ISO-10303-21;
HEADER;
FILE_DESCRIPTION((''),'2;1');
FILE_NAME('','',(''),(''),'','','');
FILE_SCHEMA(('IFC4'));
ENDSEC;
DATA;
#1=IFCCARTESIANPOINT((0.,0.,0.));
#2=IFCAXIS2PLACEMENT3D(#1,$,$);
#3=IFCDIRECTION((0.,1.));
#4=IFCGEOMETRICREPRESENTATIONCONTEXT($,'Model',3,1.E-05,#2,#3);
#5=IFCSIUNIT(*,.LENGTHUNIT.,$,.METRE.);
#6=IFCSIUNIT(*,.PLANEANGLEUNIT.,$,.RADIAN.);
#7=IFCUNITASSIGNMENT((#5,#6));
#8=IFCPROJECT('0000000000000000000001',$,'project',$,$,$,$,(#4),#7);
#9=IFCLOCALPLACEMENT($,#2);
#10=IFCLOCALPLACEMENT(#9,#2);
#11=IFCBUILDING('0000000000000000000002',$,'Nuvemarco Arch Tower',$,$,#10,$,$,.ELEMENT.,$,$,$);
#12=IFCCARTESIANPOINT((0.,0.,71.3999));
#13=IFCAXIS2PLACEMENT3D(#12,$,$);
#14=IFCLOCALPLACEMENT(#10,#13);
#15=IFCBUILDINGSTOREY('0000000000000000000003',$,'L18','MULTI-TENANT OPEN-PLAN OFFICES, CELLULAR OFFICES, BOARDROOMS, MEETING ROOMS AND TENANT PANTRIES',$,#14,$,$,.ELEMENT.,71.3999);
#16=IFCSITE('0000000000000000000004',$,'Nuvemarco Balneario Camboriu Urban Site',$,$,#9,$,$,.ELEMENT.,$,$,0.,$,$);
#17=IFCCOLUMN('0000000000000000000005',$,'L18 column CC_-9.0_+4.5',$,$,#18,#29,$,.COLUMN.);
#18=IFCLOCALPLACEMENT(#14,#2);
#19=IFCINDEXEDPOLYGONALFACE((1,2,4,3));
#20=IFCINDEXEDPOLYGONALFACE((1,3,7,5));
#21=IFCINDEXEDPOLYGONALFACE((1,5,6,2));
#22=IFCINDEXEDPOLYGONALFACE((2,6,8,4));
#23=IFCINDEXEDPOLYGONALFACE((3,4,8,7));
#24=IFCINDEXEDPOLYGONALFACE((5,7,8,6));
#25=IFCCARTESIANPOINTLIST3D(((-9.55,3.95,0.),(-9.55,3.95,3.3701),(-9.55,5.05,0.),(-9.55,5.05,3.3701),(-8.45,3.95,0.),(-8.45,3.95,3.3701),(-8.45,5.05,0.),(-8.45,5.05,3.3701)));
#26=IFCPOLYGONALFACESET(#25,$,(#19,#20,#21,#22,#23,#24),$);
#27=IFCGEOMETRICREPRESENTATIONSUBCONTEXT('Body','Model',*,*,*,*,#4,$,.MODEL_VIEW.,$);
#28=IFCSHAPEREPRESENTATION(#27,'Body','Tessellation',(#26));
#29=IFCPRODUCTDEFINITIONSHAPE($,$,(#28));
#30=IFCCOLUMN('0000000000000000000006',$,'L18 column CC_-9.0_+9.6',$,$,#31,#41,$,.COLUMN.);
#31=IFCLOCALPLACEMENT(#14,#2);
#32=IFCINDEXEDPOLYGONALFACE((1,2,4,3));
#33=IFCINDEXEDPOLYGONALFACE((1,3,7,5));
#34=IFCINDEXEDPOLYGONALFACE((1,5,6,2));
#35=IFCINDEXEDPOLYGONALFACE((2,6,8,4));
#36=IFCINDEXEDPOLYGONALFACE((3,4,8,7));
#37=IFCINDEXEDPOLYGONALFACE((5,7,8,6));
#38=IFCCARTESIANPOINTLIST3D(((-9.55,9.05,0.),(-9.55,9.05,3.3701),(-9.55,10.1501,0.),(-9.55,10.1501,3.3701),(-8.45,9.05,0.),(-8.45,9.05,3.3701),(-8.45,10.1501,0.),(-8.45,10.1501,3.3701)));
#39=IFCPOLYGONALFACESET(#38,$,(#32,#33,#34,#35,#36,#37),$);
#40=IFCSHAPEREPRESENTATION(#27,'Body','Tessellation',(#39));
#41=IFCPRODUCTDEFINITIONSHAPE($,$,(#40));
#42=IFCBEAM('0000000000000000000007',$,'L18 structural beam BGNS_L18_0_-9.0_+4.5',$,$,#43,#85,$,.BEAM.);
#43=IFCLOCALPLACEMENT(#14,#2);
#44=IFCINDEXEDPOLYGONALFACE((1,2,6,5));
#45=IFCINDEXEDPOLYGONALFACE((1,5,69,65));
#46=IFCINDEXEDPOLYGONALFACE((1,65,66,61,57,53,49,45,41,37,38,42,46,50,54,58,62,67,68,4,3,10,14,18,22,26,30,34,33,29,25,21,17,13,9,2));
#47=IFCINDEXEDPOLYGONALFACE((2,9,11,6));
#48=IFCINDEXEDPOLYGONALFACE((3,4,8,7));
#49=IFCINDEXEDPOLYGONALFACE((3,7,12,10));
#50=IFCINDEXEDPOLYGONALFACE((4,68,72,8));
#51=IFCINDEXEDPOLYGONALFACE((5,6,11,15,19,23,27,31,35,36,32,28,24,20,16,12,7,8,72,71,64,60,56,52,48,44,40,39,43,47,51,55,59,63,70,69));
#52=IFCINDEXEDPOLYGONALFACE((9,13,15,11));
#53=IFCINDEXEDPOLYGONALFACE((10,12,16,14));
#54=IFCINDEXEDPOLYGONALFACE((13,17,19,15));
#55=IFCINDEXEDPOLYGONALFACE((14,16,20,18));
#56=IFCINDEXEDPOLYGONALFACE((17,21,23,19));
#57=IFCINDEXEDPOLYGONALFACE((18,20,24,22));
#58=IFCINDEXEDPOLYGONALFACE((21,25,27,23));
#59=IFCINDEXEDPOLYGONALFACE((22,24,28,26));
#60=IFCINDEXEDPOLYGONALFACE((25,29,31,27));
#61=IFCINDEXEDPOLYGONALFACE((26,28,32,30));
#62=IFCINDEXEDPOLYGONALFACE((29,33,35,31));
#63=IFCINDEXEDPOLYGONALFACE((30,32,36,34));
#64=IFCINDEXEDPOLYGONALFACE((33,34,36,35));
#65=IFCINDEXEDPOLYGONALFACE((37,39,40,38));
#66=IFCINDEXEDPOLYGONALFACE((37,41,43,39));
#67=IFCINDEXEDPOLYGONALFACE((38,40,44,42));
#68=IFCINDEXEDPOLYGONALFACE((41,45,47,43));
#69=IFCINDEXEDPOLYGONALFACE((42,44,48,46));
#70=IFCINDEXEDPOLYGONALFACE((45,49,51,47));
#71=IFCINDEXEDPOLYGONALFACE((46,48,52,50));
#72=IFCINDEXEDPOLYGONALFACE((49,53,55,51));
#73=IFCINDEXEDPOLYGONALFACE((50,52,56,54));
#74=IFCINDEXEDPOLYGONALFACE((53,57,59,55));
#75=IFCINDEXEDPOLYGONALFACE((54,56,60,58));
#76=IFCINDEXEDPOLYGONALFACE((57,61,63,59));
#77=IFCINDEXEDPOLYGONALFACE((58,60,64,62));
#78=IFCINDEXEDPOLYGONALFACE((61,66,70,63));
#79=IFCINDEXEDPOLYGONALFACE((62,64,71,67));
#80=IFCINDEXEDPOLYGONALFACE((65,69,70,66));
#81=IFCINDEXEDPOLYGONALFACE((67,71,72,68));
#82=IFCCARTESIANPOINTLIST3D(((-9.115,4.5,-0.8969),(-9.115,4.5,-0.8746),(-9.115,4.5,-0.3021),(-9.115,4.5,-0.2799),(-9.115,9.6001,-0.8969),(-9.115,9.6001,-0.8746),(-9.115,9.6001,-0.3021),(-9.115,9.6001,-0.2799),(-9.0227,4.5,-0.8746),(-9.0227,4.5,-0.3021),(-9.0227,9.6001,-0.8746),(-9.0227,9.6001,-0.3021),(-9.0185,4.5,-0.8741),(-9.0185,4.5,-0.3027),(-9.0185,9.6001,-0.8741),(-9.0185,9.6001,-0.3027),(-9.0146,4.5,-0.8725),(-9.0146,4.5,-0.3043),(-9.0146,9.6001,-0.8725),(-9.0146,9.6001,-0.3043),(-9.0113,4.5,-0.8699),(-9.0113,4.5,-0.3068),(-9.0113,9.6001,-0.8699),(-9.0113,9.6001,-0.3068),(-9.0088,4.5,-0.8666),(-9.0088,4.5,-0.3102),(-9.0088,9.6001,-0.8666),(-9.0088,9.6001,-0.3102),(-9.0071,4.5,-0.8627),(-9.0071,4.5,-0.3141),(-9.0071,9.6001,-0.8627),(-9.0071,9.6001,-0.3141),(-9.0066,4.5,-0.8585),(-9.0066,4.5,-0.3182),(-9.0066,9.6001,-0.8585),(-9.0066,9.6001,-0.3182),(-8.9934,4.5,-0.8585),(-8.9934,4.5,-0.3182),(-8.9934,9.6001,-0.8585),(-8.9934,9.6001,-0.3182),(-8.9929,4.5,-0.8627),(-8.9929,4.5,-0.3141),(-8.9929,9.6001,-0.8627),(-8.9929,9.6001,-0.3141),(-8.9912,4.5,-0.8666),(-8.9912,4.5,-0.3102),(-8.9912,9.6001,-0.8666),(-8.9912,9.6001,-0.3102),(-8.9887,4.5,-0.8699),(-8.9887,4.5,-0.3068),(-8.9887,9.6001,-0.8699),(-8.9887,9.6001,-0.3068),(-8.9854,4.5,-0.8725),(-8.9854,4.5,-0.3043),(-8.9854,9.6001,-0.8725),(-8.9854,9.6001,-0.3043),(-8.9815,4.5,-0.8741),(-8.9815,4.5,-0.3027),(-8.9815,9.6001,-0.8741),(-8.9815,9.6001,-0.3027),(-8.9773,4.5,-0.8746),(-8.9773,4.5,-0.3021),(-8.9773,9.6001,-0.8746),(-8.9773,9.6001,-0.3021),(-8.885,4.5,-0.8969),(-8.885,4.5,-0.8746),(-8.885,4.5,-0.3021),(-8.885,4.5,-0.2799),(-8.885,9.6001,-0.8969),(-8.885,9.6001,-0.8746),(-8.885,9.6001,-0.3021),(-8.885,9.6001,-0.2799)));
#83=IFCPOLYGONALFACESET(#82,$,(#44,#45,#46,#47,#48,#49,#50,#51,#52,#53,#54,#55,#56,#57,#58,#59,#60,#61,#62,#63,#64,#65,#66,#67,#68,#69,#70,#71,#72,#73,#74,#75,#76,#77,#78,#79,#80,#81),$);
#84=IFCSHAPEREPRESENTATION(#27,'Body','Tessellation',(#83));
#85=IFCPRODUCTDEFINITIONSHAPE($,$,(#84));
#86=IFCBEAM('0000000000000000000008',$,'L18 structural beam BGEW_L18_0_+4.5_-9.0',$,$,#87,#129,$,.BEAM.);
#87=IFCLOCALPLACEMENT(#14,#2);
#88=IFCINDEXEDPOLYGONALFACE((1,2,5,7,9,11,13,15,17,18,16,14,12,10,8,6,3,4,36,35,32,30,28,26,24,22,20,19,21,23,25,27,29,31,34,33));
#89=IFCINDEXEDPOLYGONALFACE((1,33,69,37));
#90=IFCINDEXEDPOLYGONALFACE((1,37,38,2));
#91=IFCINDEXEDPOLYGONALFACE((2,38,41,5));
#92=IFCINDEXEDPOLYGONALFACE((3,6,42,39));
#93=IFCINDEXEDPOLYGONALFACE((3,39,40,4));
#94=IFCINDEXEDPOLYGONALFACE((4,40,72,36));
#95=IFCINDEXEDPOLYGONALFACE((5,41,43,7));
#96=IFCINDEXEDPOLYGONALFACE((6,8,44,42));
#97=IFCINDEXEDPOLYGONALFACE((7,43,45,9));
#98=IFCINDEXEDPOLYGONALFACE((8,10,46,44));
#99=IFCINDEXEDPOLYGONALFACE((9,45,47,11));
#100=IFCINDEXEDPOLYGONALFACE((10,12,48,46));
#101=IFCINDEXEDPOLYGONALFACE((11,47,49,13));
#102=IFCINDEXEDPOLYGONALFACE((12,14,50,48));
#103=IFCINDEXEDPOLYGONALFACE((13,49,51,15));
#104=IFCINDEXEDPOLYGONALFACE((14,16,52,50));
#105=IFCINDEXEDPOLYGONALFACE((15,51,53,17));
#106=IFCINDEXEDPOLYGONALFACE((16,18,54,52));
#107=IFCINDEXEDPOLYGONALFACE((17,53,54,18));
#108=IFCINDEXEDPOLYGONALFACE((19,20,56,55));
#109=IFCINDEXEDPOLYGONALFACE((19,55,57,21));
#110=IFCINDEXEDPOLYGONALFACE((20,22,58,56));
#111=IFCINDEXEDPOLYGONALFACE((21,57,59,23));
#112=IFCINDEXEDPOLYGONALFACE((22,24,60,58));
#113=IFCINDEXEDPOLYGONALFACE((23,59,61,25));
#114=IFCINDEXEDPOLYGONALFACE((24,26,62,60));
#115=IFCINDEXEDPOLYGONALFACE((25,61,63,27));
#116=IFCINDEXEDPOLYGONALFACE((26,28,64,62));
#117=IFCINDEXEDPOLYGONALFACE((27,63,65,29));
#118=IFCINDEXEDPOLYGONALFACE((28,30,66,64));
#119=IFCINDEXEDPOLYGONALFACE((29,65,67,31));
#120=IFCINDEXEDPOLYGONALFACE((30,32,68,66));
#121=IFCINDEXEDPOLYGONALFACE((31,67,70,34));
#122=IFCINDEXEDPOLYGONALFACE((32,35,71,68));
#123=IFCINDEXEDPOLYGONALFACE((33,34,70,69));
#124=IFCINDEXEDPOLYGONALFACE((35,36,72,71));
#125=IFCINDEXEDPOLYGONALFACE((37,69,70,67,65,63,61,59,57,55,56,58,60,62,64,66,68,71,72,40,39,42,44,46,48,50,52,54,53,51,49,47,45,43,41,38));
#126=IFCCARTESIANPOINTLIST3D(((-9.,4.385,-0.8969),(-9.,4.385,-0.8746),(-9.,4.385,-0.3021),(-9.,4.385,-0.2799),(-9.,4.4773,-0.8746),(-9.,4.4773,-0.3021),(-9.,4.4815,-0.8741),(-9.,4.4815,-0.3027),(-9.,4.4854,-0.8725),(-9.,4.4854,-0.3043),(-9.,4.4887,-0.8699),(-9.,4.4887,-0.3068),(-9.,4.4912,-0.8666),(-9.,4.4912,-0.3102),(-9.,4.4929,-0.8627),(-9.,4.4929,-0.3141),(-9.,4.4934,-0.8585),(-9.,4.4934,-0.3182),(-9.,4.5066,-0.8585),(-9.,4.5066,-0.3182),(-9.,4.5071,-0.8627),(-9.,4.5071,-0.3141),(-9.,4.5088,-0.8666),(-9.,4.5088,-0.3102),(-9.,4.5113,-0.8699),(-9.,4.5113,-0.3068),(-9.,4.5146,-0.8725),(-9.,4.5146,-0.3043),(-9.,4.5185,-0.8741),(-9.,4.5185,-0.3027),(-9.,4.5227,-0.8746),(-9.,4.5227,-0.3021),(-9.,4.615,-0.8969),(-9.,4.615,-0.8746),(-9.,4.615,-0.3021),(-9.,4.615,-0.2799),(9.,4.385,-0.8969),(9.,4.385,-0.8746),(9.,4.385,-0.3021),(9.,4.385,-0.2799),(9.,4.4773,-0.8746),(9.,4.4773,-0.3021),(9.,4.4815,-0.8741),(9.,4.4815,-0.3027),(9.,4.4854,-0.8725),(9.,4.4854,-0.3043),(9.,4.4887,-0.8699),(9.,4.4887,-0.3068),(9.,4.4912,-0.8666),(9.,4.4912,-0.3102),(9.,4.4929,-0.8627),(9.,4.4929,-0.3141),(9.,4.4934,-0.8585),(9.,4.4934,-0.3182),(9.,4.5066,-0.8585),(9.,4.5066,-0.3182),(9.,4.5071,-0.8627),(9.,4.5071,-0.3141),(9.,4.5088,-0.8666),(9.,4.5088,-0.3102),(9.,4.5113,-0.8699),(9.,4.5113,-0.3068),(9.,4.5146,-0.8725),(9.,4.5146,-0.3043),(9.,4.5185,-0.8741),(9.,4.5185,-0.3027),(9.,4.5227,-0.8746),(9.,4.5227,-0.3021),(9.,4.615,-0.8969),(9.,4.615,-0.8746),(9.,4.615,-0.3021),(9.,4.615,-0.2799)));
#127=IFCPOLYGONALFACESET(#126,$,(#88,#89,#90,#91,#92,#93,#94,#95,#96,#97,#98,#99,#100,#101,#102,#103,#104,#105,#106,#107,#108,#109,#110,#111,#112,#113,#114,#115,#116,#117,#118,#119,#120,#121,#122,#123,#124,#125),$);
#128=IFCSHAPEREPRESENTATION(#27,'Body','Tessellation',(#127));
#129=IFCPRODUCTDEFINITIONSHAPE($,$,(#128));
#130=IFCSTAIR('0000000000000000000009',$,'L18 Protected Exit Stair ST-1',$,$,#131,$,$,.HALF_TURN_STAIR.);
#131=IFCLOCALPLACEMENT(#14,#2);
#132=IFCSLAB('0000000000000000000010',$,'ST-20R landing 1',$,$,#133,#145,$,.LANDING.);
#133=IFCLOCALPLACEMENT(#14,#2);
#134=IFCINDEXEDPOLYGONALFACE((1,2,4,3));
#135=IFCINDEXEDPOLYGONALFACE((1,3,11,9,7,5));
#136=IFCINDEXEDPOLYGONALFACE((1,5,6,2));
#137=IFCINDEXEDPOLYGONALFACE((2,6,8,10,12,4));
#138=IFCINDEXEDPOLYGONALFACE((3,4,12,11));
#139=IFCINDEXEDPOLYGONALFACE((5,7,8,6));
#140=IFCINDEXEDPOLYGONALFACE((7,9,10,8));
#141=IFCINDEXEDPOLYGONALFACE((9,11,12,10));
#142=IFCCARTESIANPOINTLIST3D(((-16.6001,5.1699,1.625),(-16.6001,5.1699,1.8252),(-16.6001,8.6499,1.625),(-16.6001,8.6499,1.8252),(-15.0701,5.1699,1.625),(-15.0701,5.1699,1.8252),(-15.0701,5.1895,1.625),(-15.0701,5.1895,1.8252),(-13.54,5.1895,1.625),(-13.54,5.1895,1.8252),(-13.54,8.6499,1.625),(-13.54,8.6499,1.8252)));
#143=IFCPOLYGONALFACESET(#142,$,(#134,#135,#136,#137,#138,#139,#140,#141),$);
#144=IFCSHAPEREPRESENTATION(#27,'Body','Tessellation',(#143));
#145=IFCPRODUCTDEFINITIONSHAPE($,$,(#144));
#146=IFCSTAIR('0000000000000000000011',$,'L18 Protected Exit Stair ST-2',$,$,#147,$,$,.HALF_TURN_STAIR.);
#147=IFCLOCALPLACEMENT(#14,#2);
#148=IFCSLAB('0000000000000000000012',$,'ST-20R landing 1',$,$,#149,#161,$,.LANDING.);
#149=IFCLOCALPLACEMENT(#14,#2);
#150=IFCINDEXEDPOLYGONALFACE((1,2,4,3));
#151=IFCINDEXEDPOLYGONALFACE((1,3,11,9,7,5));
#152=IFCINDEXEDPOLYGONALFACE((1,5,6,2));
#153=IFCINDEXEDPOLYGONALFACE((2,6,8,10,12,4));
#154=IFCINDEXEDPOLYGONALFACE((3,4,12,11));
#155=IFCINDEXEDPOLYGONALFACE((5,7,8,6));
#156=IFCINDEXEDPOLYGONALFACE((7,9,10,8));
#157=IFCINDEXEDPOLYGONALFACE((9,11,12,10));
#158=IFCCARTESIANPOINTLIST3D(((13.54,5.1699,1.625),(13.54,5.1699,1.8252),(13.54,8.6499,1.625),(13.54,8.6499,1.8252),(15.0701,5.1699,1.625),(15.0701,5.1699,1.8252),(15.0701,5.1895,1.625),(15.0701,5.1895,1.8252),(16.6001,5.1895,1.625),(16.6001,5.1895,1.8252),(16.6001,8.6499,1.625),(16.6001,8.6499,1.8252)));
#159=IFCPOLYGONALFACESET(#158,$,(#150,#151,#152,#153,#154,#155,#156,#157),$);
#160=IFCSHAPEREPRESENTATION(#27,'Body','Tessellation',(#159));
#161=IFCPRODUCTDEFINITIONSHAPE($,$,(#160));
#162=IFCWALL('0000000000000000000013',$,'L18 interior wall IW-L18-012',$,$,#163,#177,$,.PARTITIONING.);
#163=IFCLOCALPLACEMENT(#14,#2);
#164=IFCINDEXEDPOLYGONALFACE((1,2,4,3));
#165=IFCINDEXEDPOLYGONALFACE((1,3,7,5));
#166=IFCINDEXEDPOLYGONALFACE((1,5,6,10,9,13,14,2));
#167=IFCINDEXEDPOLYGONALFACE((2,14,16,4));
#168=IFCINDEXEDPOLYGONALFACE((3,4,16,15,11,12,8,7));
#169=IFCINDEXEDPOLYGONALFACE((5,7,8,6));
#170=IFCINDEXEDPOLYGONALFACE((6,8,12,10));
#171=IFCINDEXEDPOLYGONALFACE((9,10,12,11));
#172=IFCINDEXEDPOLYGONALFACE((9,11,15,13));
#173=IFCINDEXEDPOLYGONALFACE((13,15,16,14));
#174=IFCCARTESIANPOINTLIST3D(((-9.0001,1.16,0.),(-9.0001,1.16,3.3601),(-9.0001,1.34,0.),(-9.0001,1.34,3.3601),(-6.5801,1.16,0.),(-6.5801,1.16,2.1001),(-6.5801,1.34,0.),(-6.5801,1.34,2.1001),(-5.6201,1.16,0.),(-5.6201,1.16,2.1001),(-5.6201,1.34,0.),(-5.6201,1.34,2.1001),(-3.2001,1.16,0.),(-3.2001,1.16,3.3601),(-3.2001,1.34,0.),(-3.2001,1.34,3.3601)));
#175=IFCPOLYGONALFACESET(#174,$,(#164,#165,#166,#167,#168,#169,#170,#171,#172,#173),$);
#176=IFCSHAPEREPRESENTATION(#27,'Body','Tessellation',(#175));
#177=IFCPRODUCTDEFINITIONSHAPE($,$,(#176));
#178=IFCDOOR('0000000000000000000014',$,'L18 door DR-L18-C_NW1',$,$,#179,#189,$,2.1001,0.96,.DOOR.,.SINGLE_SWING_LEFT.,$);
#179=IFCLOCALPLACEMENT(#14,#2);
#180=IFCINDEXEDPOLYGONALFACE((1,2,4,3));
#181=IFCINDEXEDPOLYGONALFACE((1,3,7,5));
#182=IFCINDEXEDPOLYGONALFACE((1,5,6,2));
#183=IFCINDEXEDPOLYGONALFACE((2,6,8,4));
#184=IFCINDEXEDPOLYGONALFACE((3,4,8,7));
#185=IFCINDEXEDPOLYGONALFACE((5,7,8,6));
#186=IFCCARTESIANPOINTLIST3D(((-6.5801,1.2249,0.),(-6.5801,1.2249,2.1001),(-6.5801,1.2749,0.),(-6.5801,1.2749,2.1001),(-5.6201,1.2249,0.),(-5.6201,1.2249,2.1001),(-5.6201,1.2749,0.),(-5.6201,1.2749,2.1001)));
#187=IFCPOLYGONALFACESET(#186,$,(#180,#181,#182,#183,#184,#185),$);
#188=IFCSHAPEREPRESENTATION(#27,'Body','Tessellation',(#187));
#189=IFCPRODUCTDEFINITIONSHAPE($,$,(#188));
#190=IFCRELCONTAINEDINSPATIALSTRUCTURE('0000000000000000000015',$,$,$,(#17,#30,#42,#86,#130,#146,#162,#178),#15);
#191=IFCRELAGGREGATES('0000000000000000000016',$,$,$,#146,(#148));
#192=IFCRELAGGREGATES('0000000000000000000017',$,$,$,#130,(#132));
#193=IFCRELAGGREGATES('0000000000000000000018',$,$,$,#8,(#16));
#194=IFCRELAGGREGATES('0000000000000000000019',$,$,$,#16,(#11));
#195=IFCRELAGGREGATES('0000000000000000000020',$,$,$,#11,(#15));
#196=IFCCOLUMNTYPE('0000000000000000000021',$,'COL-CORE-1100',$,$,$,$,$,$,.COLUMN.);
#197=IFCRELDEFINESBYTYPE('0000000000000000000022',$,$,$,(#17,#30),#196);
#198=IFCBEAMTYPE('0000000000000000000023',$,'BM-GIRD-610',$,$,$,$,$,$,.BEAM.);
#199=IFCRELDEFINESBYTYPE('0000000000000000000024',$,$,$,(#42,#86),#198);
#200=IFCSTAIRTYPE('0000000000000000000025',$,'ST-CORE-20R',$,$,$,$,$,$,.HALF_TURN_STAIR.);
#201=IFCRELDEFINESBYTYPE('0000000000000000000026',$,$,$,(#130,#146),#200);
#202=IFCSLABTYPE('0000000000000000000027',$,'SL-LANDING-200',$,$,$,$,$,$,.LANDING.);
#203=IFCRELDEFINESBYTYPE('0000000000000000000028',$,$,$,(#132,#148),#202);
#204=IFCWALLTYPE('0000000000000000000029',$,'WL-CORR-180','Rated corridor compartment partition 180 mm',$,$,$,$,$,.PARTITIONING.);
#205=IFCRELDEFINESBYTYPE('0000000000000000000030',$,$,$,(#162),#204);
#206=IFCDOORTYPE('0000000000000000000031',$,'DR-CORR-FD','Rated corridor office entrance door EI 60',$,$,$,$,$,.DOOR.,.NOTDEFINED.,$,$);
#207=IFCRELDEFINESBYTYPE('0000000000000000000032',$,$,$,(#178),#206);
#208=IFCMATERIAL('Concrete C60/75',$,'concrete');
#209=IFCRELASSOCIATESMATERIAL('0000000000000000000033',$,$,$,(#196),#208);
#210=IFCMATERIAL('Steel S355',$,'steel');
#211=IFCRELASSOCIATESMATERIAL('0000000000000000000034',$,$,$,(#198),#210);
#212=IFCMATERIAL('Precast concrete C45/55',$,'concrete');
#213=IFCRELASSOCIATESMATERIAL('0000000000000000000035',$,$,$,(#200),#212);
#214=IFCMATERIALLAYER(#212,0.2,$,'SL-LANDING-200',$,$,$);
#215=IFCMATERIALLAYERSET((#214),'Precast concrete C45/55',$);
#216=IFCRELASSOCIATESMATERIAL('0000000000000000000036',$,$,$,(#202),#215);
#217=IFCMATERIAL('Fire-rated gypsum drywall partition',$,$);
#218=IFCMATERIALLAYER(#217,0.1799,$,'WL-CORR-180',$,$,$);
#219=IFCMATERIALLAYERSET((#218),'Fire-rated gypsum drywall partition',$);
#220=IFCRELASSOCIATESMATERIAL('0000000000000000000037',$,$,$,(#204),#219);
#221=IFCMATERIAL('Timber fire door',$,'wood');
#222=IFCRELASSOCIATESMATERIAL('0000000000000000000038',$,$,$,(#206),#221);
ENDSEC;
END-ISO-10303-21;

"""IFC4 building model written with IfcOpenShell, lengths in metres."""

from ifc_helpers import new_model, si_unit, direction, frame, frame_2d, origin, origin_2d, place, context, subcontext, project, spatial, polyline, rectangle, i_section, outline, extrude, source, transform, mapped, material, layer, layer_set, material_profile, profile_set, type_object, type_shapes, element, fill, aggregate, save


model = new_model("IFC4")

# Units and contexts
model_context = context("Model", 3, precision=1e-05, world=origin(), true_north=direction((0.0, 1.0)))
body_context = subcontext(model_context, "Body", "Model", "MODEL_VIEW")
ifc_project = project(units=[si_unit("LENGTHUNIT", "METRE"), si_unit("PLANEANGLEUNIT", "RADIAN")], contexts=[model_context])

# Site, building, storey
site_placement = place(None, origin())
site = spatial("IfcSite", under=ifc_project, at=site_placement, Name="Nuvemarco Balneario Camboriu Urban Site", CompositionType="ELEMENT", RefElevation=0.0)
building_placement = place(site_placement, origin())
building = spatial("IfcBuilding", under=site, at=building_placement, Name="Nuvemarco Arch Tower", CompositionType="ELEMENT")
storey_placement = place(building_placement, frame((0.0, 0.0, 71.3999)))
storey = spatial("IfcBuildingStorey", under=building, at=storey_placement, Name="L18", Description="MULTI-TENANT OPEN-PLAN OFFICES, CELLULAR OFFICES, BOARDROOMS, MEETING ROOMS AND TENANT PANTRIES", CompositionType="ELEMENT", Elevation=71.3999)

# Columns
ifc_material_1 = material(Name="Concrete C60/75", Category="concrete")
ifc_material_profile_1 = material_profile(ifc_material_1, rectangle(XDim=1.1001, YDim=1.1001, at=origin_2d()), Name="RC-COL-1100x1100")
ifc_profile_set_1 = profile_set([ifc_material_profile_1], Name="Concrete C60/75")
column_type = type_object("IfcColumnType", Name="COL-CORE-1100", PredefinedType="COLUMN", material=ifc_profile_set_1)
for number, where, z_axis, x_axis, name in (
    (1, (-9.0, 4.5, 0.0), (0.0, 0.0, 1.0), (1.0, 0.0, 0.0), "L18 column CC_-9.0_+4.5"),
    (2, (-9.0, 9.6001, 0.0), (0.0, 0.0, 1.0), (1.0, 0.0, 0.0), "L18 column CC_-9.0_+9.6"),
):
    element("IfcColumn", number, at=place(storey_placement, frame(where, z_axis=z_axis, x_axis=x_axis)), inside=storey, type_object=column_type, Name=name, PredefinedType="COLUMN", context=body_context, shape_type="SweptSolid", body=[
        extrude(rectangle(XDim=1.1001, YDim=1.1001, at=origin_2d()), origin(), (0.0, 0.0, 1.0), 3.3701),
    ])

# Beams
ifc_material_2 = material(Name="Steel S355", Category="steel")
ifc_material_profile_2 = material_profile(ifc_material_2, i_section(OverallWidth=0.23, OverallDepth=0.6169, WebThickness=0.0132, FlangeThickness=0.0222, FilletRadius=0.0161, at=origin_2d()), Name="W610x140")
ifc_profile_set_2 = profile_set([ifc_material_profile_2], Name="Steel S355")
beam_type = type_object("IfcBeamType", Name="BM-GIRD-610", PredefinedType="BEAM", material=ifc_profile_set_2)
beam_1_placement = place(storey_placement, frame((-9.0, 4.5, -0.5884), z_axis=(0.0, 1.0, 0.0), x_axis=(-1.0, 0.0, 0.0)))
element("IfcBeam", 3, at=beam_1_placement, inside=storey, type_object=beam_type, Name="L18 structural beam BGNS_L18_0_-9.0_+4.5", PredefinedType="BEAM", context=body_context, shape_type="SweptSolid", body=[
    extrude(i_section(OverallWidth=0.23, OverallDepth=0.6169, WebThickness=0.0132, FlangeThickness=0.0222, FilletRadius=0.0161, at=origin_2d()), origin(), (0.0, 0.0, 1.0), 5.1001),
])
beam_2_placement = place(storey_placement, frame((-9.0, 4.5, -0.5884), z_axis=(1.0, 0.0, 0.0), x_axis=(0.0, 1.0, 0.0)))
element("IfcBeam", 4, at=beam_2_placement, inside=storey, type_object=beam_type, Name="L18 structural beam BGEW_L18_0_+4.5_-9.0", PredefinedType="BEAM", context=body_context, shape_type="SweptSolid", body=[
    extrude(i_section(OverallWidth=0.23, OverallDepth=0.6169, WebThickness=0.0132, FlangeThickness=0.0222, FilletRadius=0.0161, at=origin_2d()), origin(), (0.0, 0.0, 1.0), 18.0),
])

# Stairs, slabs
ifc_material_3 = material(Name="Precast concrete C45/55", Category="concrete")
stair_type = type_object("IfcStairType", Name="ST-CORE-20R", PredefinedType="HALF_TURN_STAIR", material=ifc_material_3)
stair_1_placement = place(storey_placement, origin())
stair_1 = element("IfcStair", 5, at=stair_1_placement, inside=storey, type_object=stair_type, Name="L18 Protected Exit Stair ST-1", PredefinedType="HALF_TURN_STAIR")
ifc_layer_1 = layer(ifc_material_3, 0.2, Name="SL-LANDING-200")
ifc_layer_set_1 = layer_set([ifc_layer_1], Name="Precast concrete C45/55")
slab_type = type_object("IfcSlabType", Name="SL-LANDING-200", PredefinedType="LANDING", material=ifc_layer_set_1)
slab_1_placement = place(storey_placement, frame((0.0, 0.0, 1.625)))
slab_1 = element("IfcSlab", 6, at=slab_1_placement, type_object=slab_type, Name="ST-20R landing 1", PredefinedType="LANDING", context=body_context, shape_type="SweptSolid", body=[
    extrude(outline(polyline([(-13.54, 5.1895), (-13.54, 8.6499), (-16.6001, 8.6499), (-16.6001, 5.1699), (-15.0701, 5.1699), (-15.0701, 5.1895), (-13.54, 5.1895)])), origin(), (0.0, 0.0, 1.0), 0.2002),
])
stair_2_placement = place(storey_placement, origin())
stair_2 = element("IfcStair", 7, at=stair_2_placement, inside=storey, type_object=stair_type, Name="L18 Protected Exit Stair ST-2", PredefinedType="HALF_TURN_STAIR")
slab_2_placement = place(storey_placement, frame((0.0, 0.0, 1.625)))
slab_2 = element("IfcSlab", 8, at=slab_2_placement, type_object=slab_type, Name="ST-20R landing 1", PredefinedType="LANDING", context=body_context, shape_type="SweptSolid", body=[
    extrude(outline(polyline([(16.6001, 5.1895), (16.6001, 8.6499), (13.54, 8.6499), (13.54, 5.1699), (15.0701, 5.1699), (15.0701, 5.1895), (16.6001, 5.1895)])), origin(), (0.0, 0.0, 1.0), 0.2002),
])
aggregate(stair_2, [slab_2])

# Wall, opening, door
ifc_material_4 = material(Name="Fire-rated gypsum drywall partition")
ifc_layer_2 = layer(ifc_material_4, 0.1799, Name="WL-CORR-180")
ifc_layer_set_2 = layer_set([ifc_layer_2], Name="Fire-rated gypsum drywall partition")
wall_type_1 = type_object("IfcWallType", Name="WL-CORR-180", Description="Rated corridor compartment partition 180 mm", PredefinedType="PARTITIONING", material=ifc_layer_set_2)
wall_1_placement = place(storey_placement, frame((-9.0, 1.25, 0.0), z_axis=(0.0, 0.0, 1.0), x_axis=(1.0, 0.0, 0.0)))
wall_1 = element("IfcWall", 9, at=wall_1_placement, inside=storey, type_object=wall_type_1, Name="L18 interior wall IW-L18-012", PredefinedType="PARTITIONING", context=body_context, shape_type="SweptSolid", body=[
    extrude(rectangle(XDim=5.8, YDim=0.1799, at=frame_2d((2.8999, 0.0))), origin(), (0.0, 0.0, 1.0), 3.3601),
])
opening_1_placement = place(wall_1_placement, frame((2.4199, 0.0, 0.0)))
opening_1 = element("IfcOpeningElement", 10, at=opening_1_placement, cuts=wall_1, PredefinedType="OPENING", context=body_context, shape_type="SweptSolid", body=[
    extrude(rectangle(XDim=0.96, YDim=2.1001, at=frame_2d((0.48, 1.05))), frame((0.0, 0.0999, 0.0), z_axis=(0.0, -1.0, 0.0), x_axis=(1.0, 0.0, 0.0)), (0.0, 0.0, 1.0), 0.2),
])
ifc_material_5 = material(Name="Timber fire door", Category="wood")
door_type_1 = type_object("IfcDoorType", Name="DR-CORR-FD", Description="Rated corridor office entrance door EI 60", OperationType="NOTDEFINED", PredefinedType="DOOR", material=ifc_material_5)
shared_shape_1 = source(origin(), body_context, "Body", "SweptSolid", [
    extrude(rectangle(XDim=0.96, YDim=2.1001, at=frame_2d((0.48, 1.05))), frame((0.0, 0.0249, 0.0), z_axis=(0.0, -1.0, 0.0), x_axis=(1.0, 0.0, 0.0)), (0.0, 0.0, 1.0), 0.05),
])
type_shapes(door_type_1, [shared_shape_1])
door_1_placement = place(opening_1_placement, origin())
door_1 = element("IfcDoor", 11, at=door_1_placement, inside=storey, type_object=door_type_1, Name="L18 door DR-L18-C_NW1", OperationType="SINGLE_SWING_LEFT", OverallHeight=2.1001, OverallWidth=0.96, PredefinedType="DOOR", context=body_context, shape_type="MappedRepresentation", body=[
    mapped(shared_shape_1, transform((0.0, 0.0, 0.0), scale=1.0)),
])
fill(opening_1, door_1)

aggregate(stair_1, [slab_1])

save(model, "model.ifc")
